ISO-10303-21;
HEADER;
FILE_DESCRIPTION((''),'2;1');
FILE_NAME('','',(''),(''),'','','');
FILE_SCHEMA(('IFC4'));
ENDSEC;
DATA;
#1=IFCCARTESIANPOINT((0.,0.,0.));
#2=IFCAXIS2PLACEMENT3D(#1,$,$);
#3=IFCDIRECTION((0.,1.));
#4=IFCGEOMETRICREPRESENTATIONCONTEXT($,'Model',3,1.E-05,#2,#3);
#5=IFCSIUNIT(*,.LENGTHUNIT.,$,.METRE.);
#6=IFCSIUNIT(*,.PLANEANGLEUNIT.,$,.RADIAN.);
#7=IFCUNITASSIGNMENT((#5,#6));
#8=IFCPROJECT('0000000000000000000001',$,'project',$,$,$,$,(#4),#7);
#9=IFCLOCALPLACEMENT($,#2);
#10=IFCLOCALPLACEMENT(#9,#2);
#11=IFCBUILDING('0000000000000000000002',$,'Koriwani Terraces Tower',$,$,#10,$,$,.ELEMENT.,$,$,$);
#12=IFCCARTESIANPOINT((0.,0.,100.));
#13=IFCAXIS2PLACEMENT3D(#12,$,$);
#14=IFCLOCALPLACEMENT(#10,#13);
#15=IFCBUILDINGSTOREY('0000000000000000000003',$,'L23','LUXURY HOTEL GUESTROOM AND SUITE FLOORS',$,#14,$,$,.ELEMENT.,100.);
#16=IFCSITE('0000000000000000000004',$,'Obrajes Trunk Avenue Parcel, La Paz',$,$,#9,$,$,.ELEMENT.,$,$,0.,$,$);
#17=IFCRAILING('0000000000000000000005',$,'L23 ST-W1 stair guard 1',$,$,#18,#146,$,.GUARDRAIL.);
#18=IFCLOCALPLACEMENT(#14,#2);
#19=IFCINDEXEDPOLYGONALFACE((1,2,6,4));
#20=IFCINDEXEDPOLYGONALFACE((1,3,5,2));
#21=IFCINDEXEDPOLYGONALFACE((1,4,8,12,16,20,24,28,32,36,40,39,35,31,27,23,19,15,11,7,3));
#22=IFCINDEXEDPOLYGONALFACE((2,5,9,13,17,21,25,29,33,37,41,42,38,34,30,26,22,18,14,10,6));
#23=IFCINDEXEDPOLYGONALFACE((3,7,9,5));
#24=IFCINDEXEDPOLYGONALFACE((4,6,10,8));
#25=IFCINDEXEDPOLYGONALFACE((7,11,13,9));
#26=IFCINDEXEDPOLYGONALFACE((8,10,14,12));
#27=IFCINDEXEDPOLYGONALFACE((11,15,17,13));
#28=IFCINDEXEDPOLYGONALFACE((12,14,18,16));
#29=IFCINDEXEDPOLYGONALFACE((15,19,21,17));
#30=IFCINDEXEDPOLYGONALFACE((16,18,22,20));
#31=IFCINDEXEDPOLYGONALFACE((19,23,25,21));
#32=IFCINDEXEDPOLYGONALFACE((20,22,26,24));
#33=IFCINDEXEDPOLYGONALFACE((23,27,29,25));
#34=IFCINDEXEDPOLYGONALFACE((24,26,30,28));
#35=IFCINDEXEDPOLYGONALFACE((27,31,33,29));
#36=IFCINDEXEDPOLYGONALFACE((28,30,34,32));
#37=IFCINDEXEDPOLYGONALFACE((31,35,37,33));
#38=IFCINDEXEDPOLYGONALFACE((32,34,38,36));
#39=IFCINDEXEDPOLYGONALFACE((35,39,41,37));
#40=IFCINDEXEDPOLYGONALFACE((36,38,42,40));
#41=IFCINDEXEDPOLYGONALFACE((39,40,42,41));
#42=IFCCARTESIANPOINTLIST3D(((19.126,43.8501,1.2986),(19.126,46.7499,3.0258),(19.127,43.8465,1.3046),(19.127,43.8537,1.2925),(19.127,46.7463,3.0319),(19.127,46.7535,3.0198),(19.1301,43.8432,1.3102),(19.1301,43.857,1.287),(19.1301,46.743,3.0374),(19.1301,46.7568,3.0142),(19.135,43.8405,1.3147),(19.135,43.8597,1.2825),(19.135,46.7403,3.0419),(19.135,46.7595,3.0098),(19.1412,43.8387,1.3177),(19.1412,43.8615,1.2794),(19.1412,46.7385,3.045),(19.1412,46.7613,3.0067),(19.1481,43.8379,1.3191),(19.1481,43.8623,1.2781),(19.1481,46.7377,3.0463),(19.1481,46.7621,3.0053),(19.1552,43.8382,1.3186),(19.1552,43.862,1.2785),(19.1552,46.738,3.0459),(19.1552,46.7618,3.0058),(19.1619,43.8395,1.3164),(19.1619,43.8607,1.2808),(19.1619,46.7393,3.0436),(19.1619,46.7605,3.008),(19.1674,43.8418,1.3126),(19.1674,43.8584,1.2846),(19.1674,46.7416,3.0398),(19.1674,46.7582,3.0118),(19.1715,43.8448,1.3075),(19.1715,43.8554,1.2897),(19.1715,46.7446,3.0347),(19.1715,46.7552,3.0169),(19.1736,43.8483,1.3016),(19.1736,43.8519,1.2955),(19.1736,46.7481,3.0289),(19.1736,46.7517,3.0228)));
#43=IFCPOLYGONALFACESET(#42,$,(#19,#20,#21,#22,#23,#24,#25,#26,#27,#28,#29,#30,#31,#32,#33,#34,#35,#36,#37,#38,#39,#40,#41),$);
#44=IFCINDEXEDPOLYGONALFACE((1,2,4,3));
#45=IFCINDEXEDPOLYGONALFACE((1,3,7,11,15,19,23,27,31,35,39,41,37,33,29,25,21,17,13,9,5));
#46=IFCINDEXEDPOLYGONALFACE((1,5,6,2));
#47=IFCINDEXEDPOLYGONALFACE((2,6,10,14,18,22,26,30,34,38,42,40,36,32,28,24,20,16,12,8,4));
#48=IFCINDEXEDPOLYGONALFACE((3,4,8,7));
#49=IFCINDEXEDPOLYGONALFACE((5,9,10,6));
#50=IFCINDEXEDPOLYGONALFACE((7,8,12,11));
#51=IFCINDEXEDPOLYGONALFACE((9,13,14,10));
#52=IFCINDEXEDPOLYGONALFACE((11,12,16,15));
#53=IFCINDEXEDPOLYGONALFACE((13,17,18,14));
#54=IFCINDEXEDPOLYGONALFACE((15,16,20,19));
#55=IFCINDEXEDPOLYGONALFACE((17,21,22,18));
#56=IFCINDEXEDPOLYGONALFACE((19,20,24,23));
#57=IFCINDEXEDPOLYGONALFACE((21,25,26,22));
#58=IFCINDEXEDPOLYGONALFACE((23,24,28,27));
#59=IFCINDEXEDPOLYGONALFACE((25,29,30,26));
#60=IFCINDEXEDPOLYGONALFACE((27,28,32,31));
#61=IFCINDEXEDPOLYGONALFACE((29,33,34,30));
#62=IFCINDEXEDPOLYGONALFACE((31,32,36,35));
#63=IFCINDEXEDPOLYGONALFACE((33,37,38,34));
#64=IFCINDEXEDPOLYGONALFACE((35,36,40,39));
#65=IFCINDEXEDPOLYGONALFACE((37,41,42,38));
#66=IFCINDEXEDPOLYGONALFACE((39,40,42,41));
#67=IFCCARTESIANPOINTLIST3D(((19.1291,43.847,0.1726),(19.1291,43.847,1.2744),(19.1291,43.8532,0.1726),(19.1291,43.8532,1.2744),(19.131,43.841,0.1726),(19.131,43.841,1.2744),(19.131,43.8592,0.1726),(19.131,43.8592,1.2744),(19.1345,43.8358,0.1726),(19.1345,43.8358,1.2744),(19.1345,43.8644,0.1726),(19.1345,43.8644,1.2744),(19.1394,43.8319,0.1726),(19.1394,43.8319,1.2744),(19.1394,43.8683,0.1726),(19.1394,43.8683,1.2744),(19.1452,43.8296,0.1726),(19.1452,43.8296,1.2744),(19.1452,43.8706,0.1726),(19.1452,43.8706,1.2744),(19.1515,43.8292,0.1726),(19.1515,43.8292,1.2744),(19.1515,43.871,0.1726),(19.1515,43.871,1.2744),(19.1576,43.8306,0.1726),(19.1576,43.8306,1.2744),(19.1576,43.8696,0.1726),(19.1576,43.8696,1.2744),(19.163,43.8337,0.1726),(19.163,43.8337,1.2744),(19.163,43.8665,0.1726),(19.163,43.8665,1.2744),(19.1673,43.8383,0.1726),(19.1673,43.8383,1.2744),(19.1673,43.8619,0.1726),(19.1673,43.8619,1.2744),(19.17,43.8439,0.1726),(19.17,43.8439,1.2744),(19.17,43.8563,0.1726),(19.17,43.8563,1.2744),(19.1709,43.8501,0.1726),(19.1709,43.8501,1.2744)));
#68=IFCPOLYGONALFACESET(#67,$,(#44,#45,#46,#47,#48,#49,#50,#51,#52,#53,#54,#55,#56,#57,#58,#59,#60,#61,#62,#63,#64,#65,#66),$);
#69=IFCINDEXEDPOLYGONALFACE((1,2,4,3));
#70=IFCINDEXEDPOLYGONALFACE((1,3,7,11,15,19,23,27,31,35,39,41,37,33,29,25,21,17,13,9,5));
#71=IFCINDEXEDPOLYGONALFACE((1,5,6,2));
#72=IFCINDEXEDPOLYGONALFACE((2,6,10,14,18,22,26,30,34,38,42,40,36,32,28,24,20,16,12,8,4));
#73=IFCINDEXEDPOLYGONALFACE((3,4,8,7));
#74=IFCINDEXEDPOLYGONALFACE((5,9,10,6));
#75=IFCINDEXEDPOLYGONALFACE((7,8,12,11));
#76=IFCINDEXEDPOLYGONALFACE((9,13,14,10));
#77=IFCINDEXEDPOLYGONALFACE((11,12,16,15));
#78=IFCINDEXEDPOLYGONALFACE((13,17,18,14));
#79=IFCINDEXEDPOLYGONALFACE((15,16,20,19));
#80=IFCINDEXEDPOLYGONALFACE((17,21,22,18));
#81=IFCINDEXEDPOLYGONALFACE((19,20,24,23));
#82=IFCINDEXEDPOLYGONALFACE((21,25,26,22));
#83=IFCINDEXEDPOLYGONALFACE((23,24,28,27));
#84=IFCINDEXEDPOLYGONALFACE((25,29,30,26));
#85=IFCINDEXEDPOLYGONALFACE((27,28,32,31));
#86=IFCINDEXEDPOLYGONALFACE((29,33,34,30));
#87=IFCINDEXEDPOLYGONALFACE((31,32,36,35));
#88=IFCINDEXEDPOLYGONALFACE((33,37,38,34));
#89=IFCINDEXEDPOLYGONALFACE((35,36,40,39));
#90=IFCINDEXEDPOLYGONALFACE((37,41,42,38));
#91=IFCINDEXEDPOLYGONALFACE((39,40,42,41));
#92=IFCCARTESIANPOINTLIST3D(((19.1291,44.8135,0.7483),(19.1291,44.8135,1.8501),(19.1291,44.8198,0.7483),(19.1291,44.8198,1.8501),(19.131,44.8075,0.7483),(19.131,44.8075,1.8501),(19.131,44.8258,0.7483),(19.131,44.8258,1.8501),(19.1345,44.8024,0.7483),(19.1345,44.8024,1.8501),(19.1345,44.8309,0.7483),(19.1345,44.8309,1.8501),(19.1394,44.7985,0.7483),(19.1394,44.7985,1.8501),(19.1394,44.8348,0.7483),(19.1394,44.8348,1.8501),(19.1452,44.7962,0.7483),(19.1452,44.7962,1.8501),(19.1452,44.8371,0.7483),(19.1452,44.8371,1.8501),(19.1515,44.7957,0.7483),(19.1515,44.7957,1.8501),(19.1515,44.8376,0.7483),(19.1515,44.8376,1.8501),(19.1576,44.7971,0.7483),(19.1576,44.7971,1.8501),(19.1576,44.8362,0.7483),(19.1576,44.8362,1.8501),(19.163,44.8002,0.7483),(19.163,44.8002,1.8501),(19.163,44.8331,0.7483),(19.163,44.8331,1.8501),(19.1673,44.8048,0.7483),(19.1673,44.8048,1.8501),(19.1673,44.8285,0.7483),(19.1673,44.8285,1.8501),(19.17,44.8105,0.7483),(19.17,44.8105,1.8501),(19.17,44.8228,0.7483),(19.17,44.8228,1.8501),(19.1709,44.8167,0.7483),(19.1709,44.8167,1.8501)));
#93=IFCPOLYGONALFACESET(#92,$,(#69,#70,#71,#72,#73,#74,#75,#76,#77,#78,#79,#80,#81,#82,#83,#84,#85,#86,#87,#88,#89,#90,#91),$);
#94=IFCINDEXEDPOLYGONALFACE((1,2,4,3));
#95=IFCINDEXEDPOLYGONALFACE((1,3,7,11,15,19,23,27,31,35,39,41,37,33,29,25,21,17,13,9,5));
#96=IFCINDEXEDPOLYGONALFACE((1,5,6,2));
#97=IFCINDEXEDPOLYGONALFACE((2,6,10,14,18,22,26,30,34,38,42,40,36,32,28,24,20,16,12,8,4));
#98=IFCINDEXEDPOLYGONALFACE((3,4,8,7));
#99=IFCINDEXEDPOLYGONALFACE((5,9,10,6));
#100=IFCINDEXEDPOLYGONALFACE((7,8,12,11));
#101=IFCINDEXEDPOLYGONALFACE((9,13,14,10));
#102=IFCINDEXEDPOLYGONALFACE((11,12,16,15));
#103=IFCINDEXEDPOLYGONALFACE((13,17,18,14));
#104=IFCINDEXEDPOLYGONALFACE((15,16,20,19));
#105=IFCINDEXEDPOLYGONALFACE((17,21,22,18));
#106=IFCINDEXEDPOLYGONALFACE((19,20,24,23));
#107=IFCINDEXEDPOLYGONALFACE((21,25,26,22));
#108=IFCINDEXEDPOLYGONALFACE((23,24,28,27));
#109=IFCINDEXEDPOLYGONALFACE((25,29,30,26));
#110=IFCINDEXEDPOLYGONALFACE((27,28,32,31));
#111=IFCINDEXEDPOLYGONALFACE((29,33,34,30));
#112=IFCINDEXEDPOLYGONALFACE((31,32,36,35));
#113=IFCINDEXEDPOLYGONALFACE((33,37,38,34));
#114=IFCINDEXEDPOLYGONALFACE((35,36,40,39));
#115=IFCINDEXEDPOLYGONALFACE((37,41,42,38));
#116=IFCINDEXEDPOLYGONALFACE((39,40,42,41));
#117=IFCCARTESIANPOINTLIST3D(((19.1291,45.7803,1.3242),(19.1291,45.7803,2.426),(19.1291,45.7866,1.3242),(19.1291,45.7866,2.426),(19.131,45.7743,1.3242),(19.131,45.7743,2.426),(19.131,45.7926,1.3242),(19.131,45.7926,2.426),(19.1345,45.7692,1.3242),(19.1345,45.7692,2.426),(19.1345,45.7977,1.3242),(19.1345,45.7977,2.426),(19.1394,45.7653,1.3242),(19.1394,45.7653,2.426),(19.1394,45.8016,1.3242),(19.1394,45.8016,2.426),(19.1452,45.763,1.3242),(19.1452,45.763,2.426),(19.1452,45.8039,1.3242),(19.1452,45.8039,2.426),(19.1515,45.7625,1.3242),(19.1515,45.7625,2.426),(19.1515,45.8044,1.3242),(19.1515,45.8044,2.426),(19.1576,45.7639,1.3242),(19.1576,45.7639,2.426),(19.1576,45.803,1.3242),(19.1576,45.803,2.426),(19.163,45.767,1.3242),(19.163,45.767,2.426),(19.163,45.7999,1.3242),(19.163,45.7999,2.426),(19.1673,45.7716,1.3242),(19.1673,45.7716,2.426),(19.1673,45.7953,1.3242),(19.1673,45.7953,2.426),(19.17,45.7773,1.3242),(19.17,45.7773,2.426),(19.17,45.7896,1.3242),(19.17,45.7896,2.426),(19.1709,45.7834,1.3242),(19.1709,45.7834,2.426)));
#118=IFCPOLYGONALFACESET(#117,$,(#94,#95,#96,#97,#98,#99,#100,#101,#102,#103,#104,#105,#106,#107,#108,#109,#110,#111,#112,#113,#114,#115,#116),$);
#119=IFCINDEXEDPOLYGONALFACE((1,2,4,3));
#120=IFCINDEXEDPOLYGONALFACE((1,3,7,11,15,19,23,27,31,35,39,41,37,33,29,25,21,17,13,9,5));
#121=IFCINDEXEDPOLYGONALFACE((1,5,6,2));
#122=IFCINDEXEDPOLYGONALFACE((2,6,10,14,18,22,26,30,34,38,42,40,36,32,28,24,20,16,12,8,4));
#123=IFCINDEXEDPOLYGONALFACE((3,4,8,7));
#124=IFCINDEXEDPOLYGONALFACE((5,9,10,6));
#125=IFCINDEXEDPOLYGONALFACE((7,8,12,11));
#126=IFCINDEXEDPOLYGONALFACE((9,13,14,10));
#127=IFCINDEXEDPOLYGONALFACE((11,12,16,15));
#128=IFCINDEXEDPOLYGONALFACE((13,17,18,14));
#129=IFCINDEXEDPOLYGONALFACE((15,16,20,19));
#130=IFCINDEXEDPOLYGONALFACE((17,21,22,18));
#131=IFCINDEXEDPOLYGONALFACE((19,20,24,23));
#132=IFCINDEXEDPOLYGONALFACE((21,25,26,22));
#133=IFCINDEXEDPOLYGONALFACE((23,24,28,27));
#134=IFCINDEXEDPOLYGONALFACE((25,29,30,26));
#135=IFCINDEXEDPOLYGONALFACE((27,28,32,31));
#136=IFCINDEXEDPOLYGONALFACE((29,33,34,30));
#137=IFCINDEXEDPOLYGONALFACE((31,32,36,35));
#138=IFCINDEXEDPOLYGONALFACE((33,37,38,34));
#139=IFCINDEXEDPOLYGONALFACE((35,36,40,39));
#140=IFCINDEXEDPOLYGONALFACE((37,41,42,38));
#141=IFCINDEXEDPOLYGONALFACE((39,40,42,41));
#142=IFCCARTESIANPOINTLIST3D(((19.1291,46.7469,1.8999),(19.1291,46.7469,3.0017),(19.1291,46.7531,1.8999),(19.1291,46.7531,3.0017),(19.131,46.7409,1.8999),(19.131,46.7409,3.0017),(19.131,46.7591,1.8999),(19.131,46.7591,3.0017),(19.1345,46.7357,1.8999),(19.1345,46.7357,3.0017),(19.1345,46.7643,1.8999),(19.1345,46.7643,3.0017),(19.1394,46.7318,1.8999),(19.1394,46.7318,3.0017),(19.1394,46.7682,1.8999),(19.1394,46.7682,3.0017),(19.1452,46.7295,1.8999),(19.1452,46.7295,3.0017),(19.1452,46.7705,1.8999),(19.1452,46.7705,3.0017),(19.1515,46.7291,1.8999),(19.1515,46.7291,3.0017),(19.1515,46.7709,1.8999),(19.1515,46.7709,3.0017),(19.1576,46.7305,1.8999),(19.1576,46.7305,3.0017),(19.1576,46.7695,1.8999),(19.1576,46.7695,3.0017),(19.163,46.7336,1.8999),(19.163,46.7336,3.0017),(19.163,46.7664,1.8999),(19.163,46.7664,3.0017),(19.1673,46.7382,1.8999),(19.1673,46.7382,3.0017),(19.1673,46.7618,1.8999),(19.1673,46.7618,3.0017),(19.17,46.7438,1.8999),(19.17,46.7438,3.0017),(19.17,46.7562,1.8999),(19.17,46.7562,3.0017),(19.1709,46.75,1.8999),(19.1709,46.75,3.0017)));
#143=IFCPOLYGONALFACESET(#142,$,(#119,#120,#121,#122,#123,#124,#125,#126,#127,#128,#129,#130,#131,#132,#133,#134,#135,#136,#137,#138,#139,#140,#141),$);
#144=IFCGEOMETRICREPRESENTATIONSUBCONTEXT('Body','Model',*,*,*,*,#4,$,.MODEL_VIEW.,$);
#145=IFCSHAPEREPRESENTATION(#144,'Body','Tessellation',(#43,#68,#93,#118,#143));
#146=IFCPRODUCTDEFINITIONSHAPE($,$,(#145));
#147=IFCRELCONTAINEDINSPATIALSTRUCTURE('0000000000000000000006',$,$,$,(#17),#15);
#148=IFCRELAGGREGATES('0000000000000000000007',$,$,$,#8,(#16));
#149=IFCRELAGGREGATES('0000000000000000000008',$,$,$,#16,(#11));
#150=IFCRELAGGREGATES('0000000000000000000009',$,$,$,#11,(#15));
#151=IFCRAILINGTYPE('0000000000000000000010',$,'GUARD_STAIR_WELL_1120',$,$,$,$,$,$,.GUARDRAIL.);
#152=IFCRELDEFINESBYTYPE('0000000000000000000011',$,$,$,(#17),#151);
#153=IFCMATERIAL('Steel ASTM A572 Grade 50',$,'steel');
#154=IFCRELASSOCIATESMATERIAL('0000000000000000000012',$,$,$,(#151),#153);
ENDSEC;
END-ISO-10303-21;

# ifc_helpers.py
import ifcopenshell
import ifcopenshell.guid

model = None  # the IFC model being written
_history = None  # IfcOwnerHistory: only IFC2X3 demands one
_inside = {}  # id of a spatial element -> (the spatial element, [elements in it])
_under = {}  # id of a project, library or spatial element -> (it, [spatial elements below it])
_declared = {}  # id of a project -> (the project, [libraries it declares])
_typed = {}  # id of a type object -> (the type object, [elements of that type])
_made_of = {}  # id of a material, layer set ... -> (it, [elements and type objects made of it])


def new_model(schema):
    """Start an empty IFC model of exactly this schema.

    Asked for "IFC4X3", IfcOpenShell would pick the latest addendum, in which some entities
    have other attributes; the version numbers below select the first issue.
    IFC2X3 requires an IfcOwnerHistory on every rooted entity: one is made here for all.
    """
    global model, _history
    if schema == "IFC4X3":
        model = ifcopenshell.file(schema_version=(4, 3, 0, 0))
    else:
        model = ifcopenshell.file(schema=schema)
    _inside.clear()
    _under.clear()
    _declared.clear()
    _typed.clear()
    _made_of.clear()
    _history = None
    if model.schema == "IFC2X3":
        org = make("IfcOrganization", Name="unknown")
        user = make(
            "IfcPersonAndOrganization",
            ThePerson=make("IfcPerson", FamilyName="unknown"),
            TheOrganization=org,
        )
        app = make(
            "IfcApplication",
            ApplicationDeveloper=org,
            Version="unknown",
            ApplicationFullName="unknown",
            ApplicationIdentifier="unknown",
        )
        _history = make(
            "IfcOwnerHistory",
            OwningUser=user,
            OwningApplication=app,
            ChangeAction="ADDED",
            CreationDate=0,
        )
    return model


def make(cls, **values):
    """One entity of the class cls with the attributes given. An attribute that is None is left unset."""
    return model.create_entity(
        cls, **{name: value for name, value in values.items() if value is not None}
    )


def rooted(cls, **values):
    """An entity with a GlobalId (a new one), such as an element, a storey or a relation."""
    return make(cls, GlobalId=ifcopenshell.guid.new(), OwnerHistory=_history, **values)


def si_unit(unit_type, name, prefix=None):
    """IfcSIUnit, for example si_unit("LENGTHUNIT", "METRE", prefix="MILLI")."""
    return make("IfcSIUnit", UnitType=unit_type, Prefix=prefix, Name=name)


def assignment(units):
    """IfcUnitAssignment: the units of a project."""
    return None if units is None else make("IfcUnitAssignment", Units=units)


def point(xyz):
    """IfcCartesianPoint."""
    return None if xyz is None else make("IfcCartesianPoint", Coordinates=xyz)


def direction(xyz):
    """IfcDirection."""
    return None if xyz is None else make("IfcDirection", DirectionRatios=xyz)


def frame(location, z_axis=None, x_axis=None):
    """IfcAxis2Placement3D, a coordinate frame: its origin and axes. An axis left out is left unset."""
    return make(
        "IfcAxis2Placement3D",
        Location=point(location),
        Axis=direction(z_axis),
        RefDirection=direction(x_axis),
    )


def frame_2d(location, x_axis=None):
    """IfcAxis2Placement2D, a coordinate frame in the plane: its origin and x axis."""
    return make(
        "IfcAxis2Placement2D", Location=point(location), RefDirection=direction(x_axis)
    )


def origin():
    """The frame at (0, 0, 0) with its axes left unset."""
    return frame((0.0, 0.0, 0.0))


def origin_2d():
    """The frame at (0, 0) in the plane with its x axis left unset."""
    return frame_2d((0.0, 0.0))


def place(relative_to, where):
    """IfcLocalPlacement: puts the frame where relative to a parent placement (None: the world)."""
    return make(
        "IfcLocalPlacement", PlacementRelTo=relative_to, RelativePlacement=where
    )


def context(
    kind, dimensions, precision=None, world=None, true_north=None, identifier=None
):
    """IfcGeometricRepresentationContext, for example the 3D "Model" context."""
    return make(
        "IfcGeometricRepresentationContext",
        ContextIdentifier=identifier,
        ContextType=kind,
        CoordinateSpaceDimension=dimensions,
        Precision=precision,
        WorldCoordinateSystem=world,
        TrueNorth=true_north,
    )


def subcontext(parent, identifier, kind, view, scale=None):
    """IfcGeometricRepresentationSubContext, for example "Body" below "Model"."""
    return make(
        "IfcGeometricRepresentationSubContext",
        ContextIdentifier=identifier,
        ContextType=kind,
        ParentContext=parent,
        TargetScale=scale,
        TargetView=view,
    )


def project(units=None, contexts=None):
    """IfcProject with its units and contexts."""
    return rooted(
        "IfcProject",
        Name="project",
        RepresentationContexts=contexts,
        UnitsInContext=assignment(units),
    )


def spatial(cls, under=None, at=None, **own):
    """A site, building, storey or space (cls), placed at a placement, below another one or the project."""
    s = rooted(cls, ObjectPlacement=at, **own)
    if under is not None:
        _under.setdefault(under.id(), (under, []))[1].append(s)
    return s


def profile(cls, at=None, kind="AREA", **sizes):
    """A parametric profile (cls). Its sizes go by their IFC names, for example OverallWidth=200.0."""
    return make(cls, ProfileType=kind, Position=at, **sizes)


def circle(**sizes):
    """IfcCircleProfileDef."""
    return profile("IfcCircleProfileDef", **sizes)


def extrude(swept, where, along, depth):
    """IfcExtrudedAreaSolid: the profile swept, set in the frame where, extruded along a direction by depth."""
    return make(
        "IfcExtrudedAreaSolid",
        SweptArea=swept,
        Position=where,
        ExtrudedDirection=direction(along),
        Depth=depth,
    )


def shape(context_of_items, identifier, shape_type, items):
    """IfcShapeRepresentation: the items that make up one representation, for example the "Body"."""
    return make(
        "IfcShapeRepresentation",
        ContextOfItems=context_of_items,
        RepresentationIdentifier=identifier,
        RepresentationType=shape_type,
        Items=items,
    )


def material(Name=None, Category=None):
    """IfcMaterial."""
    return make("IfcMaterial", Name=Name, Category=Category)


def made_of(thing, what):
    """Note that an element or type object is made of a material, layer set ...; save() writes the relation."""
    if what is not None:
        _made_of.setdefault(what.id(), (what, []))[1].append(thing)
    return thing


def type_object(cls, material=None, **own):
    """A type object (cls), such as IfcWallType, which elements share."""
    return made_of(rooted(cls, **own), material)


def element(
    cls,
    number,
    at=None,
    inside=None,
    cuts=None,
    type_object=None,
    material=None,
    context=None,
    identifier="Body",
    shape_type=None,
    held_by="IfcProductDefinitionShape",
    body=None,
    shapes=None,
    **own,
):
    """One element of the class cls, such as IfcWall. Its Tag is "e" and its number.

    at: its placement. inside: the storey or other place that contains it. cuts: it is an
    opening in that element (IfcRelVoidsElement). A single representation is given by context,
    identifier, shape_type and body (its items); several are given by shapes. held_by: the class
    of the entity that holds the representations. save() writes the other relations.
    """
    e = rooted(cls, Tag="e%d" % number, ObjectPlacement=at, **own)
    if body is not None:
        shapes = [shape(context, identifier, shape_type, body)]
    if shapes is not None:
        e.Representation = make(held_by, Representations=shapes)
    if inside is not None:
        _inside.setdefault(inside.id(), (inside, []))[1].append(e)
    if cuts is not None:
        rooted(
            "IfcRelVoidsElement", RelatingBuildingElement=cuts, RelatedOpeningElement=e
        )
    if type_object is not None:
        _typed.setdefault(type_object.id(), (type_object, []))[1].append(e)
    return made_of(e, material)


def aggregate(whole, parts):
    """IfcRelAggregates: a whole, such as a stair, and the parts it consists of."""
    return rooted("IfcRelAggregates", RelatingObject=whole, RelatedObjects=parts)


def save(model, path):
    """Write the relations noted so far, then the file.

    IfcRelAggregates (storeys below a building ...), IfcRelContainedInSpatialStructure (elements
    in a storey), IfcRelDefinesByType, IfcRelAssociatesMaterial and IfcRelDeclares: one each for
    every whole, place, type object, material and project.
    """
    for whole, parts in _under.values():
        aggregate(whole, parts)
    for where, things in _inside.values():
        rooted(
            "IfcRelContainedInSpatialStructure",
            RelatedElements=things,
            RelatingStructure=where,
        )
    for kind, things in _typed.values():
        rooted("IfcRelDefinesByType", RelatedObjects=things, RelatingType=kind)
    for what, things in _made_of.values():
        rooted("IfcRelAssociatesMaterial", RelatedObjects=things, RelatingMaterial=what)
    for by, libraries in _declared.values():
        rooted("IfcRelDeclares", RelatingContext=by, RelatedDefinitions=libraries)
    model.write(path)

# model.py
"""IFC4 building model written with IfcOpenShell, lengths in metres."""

from ifc_helpers import new_model, si_unit, direction, frame, origin, origin_2d, place, context, subcontext, project, spatial, circle, extrude, material, type_object, element, save


model = new_model("IFC4")

# Units and contexts
model_context = context("Model", 3, precision=1e-05, world=origin(), true_north=direction((0.0, 1.0)))
body_context = subcontext(model_context, "Body", "Model", "MODEL_VIEW")
ifc_project = project(units=[si_unit("LENGTHUNIT", "METRE"), si_unit("PLANEANGLEUNIT", "RADIAN")], contexts=[model_context])

# Site, building, storey
site_placement = place(None, origin())
site = spatial("IfcSite", under=ifc_project, at=site_placement, Name="Obrajes Trunk Avenue Parcel, La Paz", CompositionType="ELEMENT", RefElevation=0.0)
building_placement = place(site_placement, origin())
building = spatial("IfcBuilding", under=site, at=building_placement, Name="Koriwani Terraces Tower", CompositionType="ELEMENT")
storey_placement = place(building_placement, frame((0.0, 0.0, 100.0)))
storey = spatial("IfcBuildingStorey", under=building, at=storey_placement, Name="L23", Description="LUXURY HOTEL GUESTROOM AND SUITE FLOORS", CompositionType="ELEMENT", Elevation=100.0)

# Shared definitions
ifc_material_1 = material(Name="Steel ASTM A572 Grade 50", Category="steel")

# Railing
railing_type_1 = type_object("IfcRailingType", Name="GUARD_STAIR_WELL_1120", PredefinedType="GUARDRAIL", material=ifc_material_1)
railing_1_placement = place(storey_placement, frame((19.1499, 43.8501, 0.1726)))
element("IfcRailing", 1, at=railing_1_placement, inside=storey, type_object=railing_type_1, Name="L23 ST-W1 stair guard 1", PredefinedType="GUARDRAIL", context=body_context, shape_type="SweptSolid", body=[
    extrude(circle(Radius=0.0239, at=origin_2d()), frame((0.0, 0.0, 1.126), z_axis=(0.0, 0.859141, 0.511738), x_axis=(-1.0, 0.0, 0.0)), (0.0, 0.0, 1.0), 3.3752),
    extrude(circle(Radius=0.021, at=origin_2d()), origin(), (0.0, 0.0, 1.0), 1.1018),
    extrude(circle(Radius=0.021, at=origin_2d()), frame((0.0, 0.9666, 0.5757)), (0.0, 0.0, 1.0), 1.1018),
    extrude(circle(Radius=0.021, at=origin_2d()), frame((0.0, 1.9333, 1.1516)), (0.0, 0.0, 1.0), 1.1018),
    extrude(circle(Radius=0.021, at=origin_2d()), frame((0.0, 2.8999, 1.7273)), (0.0, 0.0, 1.0), 1.1018),
])

save(model, "model.ifc")
